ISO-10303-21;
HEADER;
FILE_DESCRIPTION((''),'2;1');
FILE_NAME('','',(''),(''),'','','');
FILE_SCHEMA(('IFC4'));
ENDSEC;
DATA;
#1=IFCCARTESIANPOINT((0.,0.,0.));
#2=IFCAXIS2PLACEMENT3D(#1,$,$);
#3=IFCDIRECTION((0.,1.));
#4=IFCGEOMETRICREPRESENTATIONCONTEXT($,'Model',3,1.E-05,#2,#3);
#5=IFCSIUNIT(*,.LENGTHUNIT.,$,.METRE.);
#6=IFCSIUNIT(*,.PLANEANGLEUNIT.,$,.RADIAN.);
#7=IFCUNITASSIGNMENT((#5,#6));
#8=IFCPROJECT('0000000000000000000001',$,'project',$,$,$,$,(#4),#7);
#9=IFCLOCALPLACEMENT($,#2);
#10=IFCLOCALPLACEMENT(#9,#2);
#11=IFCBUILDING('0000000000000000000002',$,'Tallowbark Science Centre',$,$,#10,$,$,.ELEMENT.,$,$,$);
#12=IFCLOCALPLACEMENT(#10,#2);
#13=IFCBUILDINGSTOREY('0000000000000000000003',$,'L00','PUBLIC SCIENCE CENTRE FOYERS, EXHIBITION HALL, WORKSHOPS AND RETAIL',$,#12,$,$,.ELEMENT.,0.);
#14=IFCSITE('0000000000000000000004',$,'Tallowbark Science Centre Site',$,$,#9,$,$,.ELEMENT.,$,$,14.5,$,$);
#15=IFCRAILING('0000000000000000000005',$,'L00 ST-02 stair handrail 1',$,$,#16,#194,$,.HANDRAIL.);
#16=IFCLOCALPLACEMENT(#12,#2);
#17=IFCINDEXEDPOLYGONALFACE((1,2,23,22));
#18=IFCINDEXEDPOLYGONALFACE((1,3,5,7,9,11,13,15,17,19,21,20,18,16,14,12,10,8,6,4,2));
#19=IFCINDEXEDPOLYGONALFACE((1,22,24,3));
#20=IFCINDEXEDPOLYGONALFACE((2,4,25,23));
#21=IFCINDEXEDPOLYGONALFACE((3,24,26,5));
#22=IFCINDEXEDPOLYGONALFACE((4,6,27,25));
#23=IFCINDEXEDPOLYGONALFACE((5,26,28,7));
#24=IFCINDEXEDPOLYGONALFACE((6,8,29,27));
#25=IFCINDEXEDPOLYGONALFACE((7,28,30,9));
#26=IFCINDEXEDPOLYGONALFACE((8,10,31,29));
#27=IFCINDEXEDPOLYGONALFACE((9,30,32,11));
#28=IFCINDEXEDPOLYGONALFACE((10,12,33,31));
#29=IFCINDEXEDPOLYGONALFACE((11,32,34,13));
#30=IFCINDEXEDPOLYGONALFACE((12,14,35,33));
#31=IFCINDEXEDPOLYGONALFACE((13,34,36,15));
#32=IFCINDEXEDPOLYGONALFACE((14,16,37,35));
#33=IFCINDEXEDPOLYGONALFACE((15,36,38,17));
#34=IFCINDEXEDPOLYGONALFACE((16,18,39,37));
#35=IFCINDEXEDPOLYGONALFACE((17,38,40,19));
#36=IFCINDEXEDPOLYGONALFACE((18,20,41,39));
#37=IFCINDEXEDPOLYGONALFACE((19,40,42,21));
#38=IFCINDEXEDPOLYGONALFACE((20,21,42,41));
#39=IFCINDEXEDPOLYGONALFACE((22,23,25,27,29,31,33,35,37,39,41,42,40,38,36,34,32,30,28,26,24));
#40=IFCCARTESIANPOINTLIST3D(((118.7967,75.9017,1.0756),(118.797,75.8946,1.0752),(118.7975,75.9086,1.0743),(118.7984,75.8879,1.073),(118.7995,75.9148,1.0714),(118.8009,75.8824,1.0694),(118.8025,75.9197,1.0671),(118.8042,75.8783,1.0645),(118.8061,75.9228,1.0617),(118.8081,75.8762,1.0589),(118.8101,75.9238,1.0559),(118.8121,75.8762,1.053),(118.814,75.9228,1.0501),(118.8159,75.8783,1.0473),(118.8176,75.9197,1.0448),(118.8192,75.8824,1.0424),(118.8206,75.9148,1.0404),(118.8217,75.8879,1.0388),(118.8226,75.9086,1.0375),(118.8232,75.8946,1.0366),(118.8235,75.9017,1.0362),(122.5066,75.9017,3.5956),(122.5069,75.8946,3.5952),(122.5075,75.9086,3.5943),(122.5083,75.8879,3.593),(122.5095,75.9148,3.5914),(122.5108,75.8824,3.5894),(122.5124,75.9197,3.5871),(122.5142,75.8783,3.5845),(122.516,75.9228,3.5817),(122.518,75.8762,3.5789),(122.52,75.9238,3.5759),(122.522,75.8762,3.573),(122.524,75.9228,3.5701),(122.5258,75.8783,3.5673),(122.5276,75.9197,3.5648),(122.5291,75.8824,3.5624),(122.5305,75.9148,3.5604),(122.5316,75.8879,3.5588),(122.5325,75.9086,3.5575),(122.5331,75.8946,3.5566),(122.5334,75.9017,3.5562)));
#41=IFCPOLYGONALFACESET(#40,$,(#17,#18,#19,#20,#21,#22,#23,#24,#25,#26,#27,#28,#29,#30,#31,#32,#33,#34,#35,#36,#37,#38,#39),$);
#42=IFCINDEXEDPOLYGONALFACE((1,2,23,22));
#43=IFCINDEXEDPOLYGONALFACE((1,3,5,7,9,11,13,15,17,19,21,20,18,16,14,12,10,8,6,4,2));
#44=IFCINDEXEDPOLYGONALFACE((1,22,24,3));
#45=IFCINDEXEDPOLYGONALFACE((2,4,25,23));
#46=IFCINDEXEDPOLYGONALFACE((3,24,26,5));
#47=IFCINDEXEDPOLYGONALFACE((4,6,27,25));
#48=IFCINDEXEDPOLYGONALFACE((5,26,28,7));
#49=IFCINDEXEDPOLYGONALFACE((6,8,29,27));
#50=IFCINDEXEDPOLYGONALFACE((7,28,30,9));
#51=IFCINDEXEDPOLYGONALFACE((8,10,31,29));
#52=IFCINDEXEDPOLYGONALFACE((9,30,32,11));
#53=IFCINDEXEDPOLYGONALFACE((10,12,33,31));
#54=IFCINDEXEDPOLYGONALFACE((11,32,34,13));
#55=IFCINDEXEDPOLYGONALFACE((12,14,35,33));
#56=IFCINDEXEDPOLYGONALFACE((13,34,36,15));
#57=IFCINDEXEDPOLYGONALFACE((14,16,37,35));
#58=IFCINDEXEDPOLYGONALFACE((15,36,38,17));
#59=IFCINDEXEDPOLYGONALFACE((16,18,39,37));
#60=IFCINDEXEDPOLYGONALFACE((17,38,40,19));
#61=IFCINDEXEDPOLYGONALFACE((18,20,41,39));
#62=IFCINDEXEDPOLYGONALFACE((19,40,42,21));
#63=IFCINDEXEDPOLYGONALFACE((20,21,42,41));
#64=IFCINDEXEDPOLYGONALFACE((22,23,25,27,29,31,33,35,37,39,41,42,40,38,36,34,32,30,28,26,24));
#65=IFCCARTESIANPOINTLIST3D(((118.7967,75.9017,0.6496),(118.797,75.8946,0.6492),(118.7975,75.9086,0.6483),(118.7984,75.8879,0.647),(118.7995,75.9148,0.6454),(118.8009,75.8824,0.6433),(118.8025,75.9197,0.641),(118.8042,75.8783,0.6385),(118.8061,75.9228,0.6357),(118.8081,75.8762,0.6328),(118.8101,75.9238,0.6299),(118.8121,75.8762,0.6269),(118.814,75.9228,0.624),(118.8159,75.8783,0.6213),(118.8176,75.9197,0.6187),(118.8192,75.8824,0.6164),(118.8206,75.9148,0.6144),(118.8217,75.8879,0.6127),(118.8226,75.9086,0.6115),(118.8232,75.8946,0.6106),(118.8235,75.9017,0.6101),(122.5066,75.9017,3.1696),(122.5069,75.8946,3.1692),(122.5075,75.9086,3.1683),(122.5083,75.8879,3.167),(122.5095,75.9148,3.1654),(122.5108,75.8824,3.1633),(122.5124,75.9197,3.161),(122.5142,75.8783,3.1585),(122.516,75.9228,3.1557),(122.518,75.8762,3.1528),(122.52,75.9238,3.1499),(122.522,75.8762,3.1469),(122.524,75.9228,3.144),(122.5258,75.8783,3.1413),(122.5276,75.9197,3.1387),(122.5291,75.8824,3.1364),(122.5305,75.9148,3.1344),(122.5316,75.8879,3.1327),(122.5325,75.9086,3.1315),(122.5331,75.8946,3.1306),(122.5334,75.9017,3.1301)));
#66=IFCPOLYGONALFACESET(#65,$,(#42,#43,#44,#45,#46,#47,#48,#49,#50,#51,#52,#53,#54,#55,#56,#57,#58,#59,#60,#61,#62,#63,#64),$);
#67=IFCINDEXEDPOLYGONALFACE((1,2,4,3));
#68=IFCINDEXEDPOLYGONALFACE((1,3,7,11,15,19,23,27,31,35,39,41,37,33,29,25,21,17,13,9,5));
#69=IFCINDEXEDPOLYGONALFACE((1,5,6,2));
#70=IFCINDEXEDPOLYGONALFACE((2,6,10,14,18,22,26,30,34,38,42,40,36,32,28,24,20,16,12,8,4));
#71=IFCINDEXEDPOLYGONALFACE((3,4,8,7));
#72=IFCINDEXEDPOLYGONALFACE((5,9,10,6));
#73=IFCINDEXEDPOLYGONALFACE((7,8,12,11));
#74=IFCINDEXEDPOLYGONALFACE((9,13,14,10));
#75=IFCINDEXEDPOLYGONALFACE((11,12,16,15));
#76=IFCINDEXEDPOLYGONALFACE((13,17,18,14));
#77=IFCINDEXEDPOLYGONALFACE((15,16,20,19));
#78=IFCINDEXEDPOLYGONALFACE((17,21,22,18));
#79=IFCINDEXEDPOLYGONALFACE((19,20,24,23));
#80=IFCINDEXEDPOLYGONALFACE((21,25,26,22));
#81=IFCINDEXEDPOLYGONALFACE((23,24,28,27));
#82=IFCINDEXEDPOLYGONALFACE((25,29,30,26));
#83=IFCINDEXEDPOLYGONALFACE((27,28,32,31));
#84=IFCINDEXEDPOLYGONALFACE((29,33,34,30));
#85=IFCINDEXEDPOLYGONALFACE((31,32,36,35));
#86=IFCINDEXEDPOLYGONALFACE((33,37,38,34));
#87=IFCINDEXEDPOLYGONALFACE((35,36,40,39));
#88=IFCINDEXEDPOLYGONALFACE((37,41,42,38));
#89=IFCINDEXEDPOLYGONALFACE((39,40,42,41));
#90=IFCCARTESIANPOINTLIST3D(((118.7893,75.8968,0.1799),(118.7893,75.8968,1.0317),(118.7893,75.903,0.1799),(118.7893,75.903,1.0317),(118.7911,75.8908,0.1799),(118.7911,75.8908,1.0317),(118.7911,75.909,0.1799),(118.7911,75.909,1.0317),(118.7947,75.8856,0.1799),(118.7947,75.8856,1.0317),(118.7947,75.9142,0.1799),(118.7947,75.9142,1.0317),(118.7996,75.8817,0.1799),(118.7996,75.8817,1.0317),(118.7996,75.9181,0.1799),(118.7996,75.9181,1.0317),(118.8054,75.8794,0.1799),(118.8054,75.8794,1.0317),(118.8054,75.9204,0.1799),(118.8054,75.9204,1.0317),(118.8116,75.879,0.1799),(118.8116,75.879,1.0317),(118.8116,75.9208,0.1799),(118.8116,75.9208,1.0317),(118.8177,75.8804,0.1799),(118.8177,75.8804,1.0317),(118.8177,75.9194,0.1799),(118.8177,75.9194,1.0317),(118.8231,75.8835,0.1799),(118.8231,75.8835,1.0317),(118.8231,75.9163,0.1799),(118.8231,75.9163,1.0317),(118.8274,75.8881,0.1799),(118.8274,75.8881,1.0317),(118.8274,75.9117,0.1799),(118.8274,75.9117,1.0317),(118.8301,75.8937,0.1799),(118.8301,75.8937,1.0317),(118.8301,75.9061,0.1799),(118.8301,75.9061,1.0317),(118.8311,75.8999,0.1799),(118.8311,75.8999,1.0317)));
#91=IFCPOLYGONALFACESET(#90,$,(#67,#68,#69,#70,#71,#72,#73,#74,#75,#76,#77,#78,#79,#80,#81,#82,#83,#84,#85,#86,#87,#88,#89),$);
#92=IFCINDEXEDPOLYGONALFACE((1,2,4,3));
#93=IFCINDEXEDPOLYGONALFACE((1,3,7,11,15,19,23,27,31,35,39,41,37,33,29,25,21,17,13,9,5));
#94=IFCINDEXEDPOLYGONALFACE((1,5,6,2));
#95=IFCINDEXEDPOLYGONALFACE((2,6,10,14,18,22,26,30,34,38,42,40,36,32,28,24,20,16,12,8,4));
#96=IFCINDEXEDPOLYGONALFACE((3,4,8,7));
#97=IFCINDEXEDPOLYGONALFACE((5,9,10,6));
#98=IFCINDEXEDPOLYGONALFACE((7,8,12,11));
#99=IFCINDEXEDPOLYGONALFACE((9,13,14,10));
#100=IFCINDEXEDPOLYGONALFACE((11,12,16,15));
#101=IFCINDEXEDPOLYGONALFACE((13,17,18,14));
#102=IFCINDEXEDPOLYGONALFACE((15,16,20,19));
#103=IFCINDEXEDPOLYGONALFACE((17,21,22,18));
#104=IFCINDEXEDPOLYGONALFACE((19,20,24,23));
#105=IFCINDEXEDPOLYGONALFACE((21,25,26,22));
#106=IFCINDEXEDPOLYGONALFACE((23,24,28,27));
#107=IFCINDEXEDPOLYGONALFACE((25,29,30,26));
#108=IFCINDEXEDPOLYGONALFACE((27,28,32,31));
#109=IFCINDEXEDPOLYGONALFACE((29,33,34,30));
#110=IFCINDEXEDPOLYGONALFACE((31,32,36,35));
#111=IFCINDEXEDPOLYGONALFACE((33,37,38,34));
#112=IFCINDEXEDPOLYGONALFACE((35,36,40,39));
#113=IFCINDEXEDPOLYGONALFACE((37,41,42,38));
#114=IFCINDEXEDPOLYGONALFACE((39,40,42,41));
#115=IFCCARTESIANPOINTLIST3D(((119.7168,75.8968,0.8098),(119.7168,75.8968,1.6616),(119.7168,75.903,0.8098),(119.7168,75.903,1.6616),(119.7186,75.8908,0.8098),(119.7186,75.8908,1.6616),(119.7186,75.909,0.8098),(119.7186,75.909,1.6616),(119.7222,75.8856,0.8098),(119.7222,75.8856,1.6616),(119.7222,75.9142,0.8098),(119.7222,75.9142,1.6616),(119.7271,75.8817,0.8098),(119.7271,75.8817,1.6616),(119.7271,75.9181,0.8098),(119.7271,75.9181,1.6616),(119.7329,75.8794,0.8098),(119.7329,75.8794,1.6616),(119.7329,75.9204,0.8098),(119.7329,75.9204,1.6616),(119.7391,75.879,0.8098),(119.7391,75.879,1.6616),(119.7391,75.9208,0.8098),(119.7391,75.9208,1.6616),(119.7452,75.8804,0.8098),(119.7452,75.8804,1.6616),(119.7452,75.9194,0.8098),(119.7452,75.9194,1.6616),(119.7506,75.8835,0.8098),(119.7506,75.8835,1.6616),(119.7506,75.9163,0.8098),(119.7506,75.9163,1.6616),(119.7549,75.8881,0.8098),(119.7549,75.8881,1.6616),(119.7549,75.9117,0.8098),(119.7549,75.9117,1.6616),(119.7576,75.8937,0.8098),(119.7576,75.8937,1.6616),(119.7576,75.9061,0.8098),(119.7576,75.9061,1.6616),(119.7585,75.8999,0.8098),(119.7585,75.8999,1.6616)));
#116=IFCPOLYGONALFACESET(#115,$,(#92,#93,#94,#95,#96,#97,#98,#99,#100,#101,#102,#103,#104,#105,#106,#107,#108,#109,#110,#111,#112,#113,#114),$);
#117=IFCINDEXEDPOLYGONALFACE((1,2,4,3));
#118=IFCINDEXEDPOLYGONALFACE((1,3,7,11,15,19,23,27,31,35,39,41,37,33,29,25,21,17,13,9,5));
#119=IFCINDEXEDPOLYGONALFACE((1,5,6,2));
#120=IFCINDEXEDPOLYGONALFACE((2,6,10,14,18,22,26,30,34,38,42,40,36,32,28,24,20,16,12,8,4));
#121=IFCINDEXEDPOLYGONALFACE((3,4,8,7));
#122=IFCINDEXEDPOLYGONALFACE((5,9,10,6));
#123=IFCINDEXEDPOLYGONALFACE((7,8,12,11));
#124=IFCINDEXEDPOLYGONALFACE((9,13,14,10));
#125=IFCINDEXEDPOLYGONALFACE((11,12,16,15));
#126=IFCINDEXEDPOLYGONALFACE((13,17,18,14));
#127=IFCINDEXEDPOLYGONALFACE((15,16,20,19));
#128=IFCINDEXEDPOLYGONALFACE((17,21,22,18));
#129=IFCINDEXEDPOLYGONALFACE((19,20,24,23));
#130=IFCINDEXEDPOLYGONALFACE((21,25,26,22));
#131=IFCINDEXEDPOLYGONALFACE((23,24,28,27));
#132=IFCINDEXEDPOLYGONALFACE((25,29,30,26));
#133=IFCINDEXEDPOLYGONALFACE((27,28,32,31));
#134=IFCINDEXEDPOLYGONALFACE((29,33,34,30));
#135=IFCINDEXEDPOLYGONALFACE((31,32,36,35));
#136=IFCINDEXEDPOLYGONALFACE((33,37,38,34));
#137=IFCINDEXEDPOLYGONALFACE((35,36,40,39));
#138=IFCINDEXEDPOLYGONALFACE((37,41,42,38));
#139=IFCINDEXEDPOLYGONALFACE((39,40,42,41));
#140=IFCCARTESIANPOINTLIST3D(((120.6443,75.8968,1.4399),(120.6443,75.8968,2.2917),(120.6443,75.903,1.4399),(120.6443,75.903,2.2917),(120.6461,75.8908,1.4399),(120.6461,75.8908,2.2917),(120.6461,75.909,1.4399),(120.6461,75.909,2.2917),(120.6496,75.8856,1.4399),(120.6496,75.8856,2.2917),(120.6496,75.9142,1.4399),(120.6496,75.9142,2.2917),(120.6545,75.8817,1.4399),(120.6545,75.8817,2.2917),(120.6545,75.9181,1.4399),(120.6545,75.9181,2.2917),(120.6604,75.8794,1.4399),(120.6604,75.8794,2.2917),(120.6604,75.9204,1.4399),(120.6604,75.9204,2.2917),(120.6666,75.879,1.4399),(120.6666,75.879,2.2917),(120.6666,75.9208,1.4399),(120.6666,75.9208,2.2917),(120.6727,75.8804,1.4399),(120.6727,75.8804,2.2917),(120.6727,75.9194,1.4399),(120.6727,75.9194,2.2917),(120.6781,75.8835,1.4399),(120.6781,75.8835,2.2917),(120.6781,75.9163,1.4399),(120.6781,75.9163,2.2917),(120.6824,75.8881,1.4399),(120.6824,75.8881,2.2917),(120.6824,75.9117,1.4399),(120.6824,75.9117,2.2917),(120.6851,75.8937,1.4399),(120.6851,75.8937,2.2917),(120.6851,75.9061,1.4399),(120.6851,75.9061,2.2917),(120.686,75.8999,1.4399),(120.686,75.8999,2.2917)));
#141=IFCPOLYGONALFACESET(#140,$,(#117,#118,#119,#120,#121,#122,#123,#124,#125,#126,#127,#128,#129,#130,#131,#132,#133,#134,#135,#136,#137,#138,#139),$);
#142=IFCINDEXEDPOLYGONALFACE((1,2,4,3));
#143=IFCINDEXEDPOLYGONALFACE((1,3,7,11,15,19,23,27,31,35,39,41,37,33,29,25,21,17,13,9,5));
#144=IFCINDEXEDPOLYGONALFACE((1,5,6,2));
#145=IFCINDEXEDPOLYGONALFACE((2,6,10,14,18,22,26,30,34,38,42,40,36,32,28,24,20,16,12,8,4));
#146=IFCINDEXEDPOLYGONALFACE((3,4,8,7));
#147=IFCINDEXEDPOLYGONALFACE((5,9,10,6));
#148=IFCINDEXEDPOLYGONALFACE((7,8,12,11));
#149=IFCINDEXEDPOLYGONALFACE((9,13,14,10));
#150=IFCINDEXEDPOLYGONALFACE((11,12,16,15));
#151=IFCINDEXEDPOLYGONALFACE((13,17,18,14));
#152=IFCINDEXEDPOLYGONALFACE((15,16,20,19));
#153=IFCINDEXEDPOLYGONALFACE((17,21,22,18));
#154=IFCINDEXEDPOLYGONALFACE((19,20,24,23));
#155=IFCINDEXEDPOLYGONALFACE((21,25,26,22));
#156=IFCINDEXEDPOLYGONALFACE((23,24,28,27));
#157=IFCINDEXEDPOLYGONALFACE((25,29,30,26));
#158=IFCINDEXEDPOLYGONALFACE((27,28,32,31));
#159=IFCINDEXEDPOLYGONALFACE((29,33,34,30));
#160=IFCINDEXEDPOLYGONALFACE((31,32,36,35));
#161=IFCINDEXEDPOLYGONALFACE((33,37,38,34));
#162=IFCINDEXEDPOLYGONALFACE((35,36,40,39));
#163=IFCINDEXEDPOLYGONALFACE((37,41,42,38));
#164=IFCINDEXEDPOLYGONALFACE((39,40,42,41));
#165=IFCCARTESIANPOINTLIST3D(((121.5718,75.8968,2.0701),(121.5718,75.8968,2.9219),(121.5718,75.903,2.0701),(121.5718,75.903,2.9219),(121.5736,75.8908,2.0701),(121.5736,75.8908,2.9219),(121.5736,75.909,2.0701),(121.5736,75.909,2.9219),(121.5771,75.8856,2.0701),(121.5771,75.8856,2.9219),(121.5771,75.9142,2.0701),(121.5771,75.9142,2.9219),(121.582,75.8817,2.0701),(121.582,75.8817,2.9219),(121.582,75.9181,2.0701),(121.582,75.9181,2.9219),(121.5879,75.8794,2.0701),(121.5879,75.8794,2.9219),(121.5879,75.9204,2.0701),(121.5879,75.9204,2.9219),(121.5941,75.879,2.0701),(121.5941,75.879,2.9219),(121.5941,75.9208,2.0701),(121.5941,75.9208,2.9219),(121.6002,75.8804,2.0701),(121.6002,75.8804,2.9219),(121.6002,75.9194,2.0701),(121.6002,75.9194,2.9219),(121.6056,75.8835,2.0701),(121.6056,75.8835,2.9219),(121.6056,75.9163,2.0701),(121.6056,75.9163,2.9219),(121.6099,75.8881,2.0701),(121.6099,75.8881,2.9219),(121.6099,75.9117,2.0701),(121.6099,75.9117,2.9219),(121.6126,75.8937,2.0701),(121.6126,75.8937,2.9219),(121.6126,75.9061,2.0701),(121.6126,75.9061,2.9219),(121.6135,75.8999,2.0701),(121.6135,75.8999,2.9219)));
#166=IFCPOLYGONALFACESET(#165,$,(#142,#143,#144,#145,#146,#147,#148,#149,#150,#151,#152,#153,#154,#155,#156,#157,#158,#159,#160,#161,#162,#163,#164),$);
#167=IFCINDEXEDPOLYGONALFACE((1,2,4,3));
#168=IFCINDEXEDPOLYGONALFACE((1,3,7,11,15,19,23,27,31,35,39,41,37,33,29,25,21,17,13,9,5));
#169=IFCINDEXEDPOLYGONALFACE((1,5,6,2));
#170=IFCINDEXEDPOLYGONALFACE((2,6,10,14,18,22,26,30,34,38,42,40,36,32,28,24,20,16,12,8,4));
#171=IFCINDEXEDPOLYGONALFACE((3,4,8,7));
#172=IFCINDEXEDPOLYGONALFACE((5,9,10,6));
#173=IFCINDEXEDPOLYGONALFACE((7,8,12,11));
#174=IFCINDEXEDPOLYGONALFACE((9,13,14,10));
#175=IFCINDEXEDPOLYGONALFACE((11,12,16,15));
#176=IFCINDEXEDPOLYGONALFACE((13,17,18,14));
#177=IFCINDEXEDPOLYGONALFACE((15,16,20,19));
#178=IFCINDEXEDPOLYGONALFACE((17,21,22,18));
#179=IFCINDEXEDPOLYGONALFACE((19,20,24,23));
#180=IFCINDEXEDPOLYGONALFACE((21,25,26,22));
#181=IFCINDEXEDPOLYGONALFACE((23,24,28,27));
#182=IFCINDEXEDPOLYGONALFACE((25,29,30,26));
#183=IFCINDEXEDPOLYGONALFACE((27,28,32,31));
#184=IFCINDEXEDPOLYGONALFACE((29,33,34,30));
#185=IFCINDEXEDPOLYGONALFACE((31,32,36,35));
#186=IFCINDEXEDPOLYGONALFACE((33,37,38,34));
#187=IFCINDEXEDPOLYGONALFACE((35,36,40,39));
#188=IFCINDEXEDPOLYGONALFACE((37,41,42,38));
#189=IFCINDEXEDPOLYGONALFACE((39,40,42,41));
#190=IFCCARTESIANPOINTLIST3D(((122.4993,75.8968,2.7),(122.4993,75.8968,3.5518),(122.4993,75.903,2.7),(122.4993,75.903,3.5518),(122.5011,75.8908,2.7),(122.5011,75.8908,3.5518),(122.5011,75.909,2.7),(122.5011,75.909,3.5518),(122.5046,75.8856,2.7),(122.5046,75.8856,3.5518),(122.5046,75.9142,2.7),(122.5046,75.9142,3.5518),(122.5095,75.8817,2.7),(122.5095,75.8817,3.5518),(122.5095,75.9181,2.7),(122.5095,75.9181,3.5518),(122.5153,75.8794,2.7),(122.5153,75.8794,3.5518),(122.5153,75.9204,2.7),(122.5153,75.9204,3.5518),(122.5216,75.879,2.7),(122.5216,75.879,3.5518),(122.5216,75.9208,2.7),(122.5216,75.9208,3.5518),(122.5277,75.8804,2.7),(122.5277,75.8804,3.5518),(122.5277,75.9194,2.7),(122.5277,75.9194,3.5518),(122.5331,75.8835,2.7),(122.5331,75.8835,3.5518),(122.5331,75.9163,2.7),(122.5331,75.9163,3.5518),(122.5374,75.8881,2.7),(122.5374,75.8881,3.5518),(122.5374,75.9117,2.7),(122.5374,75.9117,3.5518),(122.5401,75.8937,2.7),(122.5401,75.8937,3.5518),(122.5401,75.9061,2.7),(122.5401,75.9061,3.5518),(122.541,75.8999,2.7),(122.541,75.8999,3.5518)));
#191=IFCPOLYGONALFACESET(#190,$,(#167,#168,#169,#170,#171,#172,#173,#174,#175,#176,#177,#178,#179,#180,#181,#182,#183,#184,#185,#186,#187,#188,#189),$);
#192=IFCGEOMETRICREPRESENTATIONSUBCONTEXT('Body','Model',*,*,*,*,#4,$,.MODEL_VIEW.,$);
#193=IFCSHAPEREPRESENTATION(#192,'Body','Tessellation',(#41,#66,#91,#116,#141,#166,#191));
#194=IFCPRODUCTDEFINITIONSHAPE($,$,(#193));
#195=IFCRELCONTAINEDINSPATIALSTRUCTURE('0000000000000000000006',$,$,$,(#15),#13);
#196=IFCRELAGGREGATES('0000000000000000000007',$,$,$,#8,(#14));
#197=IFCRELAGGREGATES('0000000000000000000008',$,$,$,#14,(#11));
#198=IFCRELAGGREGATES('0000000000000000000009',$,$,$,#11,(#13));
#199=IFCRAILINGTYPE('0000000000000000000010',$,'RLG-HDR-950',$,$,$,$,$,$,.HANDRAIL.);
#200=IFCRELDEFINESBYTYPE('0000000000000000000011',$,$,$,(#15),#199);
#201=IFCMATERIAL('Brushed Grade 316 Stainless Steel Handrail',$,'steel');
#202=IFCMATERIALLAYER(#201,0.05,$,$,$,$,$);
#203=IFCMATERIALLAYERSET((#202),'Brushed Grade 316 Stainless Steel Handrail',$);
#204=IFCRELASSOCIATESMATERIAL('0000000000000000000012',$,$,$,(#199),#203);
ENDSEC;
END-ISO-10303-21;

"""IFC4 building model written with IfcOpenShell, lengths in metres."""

from ifc_helpers import new_model, si_unit, direction, frame, origin, origin_2d, place, context, subcontext, project, spatial, circle, extrude, material, layer, layer_set, type_object, element, save


model = new_model("IFC4")

# Units and contexts
model_context = context("Model", 3, precision=1e-05, world=origin(), true_north=direction((0.0, 1.0)))
body_context = subcontext(model_context, "Body", "Model", "MODEL_VIEW")
ifc_project = project(units=[si_unit("LENGTHUNIT", "METRE"), si_unit("PLANEANGLEUNIT", "RADIAN")], contexts=[model_context])

# Site, building, storey
site_placement = place(None, origin())
site = spatial("IfcSite", under=ifc_project, at=site_placement, Name="Tallowbark Science Centre Site", CompositionType="ELEMENT", RefElevation=14.5)
building_placement = place(site_placement, origin())
building = spatial("IfcBuilding", under=site, at=building_placement, Name="Tallowbark Science Centre", CompositionType="ELEMENT")
storey_placement = place(building_placement, origin())
storey = spatial("IfcBuildingStorey", under=building, at=storey_placement, Name="L00", Description="PUBLIC SCIENCE CENTRE FOYERS, EXHIBITION HALL, WORKSHOPS AND RETAIL", CompositionType="ELEMENT", Elevation=0.0)

# Railing
ifc_material_1 = material(Name="Brushed Grade 316 Stainless Steel Handrail", Category="steel")
ifc_layer_1 = layer(ifc_material_1, 0.05)
ifc_layer_set_1 = layer_set([ifc_layer_1], Name="Brushed Grade 316 Stainless Steel Handrail")
railing_type_1 = type_object("IfcRailingType", Name="RLG-HDR-950", PredefinedType="HANDRAIL", material=ifc_layer_set_1)
railing_1_placement = place(storey_placement, frame((118.8101, 75.8999, 0.1799)))
element("IfcRailing", 1, at=railing_1_placement, inside=storey, type_object=railing_type_1, Name="L00 ST-02 stair handrail 1", PredefinedType="HANDRAIL", context=body_context, shape_type="SweptSolid", body=[
    extrude(circle(Radius=0.0239, at=origin_2d()), frame((0.0, 0.0, 0.876), z_axis=(0.827212, 0.0, 0.56189), x_axis=(0.0, 1.0, 0.0)), (0.0, 0.0, 1.0), 4.4849),
    extrude(circle(Radius=0.0239, at=origin_2d()), frame((0.0, 0.0, 0.45), z_axis=(0.827212, 0.0, 0.56189), x_axis=(0.0, 1.0, 0.0)), (0.0, 0.0, 1.0), 4.4849),
    extrude(circle(Radius=0.021, at=origin_2d()), origin(), (0.0, 0.0, 1.0), 0.8518),
    extrude(circle(Radius=0.021, at=origin_2d()), frame((0.9275, 0.0, 0.6299)), (0.0, 0.0, 1.0), 0.8518),
    extrude(circle(Radius=0.021, at=origin_2d()), frame((1.855, 0.0, 1.26)), (0.0, 0.0, 1.0), 0.8518),
    extrude(circle(Radius=0.021, at=origin_2d()), frame((2.7825, 0.0, 1.8901)), (0.0, 0.0, 1.0), 0.8518),
    extrude(circle(Radius=0.021, at=origin_2d()), frame((3.71, 0.0, 2.52)), (0.0, 0.0, 1.0), 0.8518),
])

save(model, "model.ifc")
